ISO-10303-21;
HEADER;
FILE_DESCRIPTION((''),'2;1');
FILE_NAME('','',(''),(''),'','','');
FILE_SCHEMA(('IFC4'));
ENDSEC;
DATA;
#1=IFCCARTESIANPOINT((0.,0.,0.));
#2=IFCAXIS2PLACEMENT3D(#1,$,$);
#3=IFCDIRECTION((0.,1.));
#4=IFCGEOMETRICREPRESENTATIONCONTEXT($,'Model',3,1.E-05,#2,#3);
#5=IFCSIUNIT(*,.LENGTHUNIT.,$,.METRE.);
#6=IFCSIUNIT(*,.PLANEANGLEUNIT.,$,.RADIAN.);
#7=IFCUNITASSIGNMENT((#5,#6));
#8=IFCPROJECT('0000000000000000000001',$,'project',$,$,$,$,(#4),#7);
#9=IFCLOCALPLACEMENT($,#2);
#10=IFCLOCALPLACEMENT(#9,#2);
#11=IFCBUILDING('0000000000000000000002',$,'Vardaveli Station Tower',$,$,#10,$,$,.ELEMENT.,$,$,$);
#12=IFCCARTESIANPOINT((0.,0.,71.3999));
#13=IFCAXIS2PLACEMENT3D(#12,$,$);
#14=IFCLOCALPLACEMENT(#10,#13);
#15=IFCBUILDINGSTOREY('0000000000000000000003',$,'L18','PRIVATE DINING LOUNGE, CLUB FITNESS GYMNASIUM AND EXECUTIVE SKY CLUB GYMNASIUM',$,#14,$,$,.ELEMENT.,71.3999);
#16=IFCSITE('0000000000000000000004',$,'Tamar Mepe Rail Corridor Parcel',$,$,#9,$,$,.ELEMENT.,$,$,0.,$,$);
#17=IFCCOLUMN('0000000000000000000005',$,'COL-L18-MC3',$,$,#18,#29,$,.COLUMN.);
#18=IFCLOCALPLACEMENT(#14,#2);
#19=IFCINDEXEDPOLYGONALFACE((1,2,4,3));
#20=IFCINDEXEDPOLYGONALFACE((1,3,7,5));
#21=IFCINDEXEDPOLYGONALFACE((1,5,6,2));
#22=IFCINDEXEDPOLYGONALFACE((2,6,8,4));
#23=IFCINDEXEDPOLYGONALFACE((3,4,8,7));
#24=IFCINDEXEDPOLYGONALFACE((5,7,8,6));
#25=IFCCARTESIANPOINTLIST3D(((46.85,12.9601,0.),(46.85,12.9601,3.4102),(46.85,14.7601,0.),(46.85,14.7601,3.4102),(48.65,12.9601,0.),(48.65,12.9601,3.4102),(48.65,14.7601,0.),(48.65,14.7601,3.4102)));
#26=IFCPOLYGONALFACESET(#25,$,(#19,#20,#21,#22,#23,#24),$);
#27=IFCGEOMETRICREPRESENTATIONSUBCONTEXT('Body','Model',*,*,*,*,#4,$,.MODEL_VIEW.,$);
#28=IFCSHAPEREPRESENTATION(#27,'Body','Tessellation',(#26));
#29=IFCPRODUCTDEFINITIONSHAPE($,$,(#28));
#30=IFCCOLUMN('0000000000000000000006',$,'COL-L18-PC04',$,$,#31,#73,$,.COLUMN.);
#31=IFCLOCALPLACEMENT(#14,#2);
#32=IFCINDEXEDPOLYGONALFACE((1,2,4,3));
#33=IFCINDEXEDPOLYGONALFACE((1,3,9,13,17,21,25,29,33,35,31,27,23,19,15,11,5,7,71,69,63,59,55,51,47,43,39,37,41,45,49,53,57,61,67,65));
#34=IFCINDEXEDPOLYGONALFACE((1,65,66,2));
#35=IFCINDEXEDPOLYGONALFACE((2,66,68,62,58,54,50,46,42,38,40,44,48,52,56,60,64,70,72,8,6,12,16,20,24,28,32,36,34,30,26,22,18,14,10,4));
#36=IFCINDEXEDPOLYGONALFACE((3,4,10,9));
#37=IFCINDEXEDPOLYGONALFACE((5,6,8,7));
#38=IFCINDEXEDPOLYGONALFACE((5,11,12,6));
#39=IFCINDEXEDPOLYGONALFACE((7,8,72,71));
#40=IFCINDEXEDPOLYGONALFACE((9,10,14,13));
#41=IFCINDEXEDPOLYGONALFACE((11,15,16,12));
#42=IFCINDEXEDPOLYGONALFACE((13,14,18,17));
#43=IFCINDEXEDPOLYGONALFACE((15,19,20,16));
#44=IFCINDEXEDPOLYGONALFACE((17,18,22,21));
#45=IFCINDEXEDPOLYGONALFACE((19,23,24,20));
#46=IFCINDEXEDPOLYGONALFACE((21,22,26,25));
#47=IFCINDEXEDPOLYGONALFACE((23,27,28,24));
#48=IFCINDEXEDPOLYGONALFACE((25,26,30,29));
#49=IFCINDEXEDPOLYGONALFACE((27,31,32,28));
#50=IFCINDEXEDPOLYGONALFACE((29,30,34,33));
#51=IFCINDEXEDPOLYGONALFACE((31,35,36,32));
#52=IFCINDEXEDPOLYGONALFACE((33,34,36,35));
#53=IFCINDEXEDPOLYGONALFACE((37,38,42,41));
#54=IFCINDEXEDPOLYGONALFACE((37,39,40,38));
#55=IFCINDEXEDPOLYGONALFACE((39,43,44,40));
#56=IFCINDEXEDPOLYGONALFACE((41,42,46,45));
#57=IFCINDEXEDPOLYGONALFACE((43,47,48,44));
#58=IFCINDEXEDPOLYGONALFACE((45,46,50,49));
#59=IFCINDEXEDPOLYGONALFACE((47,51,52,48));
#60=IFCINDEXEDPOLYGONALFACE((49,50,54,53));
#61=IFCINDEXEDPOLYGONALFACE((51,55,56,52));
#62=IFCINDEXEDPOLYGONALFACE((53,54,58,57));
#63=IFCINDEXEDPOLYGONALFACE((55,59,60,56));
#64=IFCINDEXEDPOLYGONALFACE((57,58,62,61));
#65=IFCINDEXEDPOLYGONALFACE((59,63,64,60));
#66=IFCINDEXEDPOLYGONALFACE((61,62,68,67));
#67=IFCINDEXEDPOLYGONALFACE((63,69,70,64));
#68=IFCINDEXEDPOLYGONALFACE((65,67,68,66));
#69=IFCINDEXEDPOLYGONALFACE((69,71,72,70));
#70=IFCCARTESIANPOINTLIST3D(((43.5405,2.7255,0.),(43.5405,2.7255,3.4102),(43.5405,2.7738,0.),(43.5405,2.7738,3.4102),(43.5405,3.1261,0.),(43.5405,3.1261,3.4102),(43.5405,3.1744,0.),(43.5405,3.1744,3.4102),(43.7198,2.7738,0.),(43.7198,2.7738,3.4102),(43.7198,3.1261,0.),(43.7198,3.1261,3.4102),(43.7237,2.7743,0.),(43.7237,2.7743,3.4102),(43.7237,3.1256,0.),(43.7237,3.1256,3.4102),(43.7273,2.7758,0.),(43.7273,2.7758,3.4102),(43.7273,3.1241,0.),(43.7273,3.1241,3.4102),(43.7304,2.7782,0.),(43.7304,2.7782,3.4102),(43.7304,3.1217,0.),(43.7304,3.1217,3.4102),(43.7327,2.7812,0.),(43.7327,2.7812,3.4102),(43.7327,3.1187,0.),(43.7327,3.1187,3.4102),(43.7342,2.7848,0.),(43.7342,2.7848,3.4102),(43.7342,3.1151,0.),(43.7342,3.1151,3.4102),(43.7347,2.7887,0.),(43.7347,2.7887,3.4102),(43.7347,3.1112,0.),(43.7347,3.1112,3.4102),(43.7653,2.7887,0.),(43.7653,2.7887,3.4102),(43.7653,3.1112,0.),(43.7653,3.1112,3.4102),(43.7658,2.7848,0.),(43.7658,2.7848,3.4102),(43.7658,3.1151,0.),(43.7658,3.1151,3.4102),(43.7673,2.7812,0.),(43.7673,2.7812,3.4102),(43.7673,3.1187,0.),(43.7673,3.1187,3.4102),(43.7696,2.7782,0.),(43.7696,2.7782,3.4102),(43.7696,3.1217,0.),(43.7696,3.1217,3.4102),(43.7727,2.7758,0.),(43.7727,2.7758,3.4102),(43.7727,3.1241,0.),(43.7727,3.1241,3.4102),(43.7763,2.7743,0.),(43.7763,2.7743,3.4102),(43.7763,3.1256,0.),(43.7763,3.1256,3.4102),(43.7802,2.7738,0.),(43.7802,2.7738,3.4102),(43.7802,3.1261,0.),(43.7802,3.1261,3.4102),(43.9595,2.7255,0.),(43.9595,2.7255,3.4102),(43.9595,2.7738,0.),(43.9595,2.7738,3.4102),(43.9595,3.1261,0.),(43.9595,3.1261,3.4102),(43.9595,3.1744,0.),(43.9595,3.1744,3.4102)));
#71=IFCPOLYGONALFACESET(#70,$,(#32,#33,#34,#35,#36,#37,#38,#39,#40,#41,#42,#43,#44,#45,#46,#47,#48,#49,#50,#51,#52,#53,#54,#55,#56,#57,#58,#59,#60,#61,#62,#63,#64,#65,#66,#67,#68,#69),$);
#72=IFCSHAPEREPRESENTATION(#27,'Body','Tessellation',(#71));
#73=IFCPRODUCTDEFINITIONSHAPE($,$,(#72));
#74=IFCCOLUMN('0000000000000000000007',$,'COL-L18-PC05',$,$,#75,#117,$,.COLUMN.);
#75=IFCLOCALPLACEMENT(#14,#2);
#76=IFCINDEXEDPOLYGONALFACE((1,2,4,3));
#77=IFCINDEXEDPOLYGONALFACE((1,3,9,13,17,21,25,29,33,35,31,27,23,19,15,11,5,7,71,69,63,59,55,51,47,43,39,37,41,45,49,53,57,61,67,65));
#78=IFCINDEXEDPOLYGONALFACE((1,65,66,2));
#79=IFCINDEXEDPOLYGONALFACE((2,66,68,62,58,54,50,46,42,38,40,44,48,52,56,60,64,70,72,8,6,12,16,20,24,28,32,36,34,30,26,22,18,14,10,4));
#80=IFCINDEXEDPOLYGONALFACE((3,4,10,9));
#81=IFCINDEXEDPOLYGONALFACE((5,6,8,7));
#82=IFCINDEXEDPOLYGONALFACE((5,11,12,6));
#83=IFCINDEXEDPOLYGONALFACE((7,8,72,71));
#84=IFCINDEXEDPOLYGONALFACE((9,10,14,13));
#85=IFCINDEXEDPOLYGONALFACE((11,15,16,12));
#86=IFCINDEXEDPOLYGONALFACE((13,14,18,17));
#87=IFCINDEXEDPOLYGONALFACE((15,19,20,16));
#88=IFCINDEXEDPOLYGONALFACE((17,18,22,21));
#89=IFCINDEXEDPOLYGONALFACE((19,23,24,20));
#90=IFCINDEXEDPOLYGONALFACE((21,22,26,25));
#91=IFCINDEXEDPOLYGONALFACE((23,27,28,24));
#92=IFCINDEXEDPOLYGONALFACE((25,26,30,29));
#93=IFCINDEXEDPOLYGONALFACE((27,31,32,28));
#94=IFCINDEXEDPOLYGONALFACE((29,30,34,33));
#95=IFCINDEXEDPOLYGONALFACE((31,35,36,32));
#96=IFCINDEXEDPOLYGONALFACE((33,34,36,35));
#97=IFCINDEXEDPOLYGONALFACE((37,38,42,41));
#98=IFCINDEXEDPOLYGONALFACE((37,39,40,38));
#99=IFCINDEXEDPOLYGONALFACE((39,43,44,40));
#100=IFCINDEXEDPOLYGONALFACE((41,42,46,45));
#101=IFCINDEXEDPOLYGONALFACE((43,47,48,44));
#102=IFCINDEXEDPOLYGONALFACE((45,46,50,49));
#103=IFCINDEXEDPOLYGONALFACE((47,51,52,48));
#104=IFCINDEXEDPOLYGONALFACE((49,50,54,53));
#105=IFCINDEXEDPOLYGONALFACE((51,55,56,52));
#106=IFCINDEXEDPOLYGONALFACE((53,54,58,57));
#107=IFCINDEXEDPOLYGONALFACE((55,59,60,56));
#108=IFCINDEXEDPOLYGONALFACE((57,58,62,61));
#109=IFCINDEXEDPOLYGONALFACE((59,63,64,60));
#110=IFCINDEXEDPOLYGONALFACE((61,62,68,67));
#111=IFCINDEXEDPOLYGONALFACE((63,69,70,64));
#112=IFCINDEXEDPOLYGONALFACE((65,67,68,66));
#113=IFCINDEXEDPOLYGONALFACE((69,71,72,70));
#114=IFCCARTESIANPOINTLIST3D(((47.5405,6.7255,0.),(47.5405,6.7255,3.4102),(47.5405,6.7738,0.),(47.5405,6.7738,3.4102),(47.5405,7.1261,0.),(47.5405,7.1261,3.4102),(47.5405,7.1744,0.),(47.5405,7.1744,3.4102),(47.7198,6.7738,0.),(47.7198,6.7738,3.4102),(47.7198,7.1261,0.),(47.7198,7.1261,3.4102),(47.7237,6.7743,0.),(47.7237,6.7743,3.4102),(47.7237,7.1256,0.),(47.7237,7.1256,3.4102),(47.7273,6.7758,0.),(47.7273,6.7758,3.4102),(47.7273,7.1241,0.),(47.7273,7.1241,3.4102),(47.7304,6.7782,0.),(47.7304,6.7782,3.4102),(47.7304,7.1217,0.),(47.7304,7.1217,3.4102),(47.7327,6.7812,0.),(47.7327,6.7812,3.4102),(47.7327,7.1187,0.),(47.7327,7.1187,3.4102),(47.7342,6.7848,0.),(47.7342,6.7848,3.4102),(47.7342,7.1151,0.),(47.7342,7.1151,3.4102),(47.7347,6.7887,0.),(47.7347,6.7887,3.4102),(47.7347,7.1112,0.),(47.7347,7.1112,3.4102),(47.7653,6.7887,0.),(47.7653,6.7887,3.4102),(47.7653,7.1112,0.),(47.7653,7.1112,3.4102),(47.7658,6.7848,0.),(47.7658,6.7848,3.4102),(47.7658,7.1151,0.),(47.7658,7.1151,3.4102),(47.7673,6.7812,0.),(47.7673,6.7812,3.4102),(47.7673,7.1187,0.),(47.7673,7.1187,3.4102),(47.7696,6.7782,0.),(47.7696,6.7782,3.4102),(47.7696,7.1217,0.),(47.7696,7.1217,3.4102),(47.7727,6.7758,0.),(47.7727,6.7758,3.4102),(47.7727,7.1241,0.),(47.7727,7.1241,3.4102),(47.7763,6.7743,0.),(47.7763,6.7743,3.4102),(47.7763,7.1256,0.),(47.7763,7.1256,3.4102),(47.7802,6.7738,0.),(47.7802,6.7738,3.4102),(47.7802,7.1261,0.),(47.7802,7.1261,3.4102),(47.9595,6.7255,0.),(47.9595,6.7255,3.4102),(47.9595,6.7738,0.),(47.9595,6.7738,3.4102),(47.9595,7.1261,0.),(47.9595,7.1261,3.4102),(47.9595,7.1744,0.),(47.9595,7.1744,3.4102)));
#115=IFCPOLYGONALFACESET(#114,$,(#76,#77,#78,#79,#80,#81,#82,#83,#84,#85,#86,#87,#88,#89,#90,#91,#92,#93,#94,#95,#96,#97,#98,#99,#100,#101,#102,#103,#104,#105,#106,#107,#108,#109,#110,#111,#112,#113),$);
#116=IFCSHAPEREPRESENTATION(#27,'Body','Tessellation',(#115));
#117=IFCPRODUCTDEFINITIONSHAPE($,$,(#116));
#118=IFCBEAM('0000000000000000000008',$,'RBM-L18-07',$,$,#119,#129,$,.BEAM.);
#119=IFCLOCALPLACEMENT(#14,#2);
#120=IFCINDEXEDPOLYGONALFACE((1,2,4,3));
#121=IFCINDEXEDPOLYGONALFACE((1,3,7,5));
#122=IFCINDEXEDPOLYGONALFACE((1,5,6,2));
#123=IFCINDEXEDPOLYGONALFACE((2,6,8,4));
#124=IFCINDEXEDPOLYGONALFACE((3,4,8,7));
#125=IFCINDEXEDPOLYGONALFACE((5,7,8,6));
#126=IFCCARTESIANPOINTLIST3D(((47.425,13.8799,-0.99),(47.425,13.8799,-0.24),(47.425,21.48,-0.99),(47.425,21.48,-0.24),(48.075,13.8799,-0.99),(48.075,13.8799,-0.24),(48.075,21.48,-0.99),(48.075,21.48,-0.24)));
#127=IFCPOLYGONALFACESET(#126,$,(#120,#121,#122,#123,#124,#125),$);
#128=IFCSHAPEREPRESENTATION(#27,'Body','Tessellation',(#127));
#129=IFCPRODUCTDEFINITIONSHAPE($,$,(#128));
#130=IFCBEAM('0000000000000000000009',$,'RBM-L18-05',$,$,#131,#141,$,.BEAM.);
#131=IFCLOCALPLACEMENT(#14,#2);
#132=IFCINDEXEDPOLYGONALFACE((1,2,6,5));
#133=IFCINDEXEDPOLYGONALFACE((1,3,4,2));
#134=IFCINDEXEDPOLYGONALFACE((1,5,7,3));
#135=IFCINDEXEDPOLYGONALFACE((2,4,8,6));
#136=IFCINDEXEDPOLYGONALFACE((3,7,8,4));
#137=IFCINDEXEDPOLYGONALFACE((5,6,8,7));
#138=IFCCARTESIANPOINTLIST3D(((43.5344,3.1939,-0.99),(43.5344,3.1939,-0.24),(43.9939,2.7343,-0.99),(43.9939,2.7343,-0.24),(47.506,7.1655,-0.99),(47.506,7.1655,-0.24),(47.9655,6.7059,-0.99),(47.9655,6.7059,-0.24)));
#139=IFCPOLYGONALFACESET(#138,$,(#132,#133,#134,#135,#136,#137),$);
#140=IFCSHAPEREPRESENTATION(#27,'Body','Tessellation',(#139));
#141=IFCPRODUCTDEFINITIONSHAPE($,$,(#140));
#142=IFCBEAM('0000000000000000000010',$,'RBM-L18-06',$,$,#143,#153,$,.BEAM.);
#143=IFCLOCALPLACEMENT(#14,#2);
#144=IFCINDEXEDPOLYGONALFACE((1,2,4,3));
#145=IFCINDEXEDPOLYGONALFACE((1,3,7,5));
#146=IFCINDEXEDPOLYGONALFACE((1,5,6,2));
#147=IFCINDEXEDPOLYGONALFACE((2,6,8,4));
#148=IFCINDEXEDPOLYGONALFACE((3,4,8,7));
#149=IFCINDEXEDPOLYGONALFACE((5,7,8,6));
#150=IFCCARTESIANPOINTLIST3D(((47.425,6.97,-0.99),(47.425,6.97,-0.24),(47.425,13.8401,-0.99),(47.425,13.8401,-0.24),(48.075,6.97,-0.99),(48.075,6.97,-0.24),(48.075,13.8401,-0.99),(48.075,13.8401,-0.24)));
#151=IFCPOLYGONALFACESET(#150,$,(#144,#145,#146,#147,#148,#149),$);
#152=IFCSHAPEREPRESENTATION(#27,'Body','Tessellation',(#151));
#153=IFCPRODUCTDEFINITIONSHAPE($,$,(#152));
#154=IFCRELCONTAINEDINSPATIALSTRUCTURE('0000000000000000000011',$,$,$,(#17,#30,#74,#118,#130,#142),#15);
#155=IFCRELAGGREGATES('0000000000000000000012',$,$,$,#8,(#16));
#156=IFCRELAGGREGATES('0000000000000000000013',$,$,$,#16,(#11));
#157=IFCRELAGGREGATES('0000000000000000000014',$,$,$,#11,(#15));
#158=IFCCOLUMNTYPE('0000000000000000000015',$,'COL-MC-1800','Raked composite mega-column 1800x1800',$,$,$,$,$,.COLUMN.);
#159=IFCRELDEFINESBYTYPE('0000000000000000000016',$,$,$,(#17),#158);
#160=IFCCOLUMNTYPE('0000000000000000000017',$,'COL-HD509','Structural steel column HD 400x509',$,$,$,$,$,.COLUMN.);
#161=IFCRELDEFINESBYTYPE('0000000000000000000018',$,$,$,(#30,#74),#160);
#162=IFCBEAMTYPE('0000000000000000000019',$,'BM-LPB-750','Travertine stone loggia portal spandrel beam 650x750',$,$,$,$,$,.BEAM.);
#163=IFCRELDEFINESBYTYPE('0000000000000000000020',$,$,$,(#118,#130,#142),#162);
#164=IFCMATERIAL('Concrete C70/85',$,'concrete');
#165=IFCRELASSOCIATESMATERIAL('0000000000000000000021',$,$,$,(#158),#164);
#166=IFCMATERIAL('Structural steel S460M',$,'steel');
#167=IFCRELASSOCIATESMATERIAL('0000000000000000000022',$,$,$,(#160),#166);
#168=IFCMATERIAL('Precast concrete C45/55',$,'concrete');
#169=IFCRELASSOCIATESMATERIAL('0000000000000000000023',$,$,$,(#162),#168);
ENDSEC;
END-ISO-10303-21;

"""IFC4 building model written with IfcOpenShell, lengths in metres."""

from ifc_helpers import new_model, si_unit, direction, frame, origin, origin_2d, place, context, subcontext, project, spatial, rectangle, i_section, extrude, source, transform, mapped, material, material_profile, profile_set, type_object, element, save


model = new_model("IFC4")

# Units and contexts
model_context = context("Model", 3, precision=1e-05, world=origin(), true_north=direction((0.0, 1.0)))
body_context = subcontext(model_context, "Body", "Model", "MODEL_VIEW")
ifc_project = project(units=[si_unit("LENGTHUNIT", "METRE"), si_unit("PLANEANGLEUNIT", "RADIAN")], contexts=[model_context])

# Site, building, storey
site_placement = place(None, origin())
site = spatial("IfcSite", under=ifc_project, at=site_placement, Name="Tamar Mepe Rail Corridor Parcel", CompositionType="ELEMENT", RefElevation=0.0)
building_placement = place(site_placement, origin())
building = spatial("IfcBuilding", under=site, at=building_placement, Name="Vardaveli Station Tower", CompositionType="ELEMENT")
storey_placement = place(building_placement, frame((0.0, 0.0, 71.3999)))
storey = spatial("IfcBuildingStorey", under=building, at=storey_placement, Name="L18", Description="PRIVATE DINING LOUNGE, CLUB FITNESS GYMNASIUM AND EXECUTIVE SKY CLUB GYMNASIUM", CompositionType="ELEMENT", Elevation=71.3999)

# Columns
ifc_material_1 = material(Name="Concrete C70/85", Category="concrete")
ifc_material_profile_1 = material_profile(ifc_material_1, rectangle(XDim=1.8, YDim=1.8, at=origin_2d()), Name="MC 1800x1800")
ifc_profile_set_1 = profile_set([ifc_material_profile_1], Name="Concrete C70/85")
column_type_1 = type_object("IfcColumnType", Name="COL-MC-1800", Description="Raked composite mega-column 1800x1800", PredefinedType="COLUMN", material=ifc_profile_set_1)
shared_shape_1 = source(origin(), body_context, "Body", "SweptSolid", [
    extrude(rectangle(XDim=1.8, YDim=1.8, at=origin_2d()), origin(), (0.0, 0.0, 1.0), 3.4102),
])
column_placement = place(storey_placement, frame((47.75, 13.8601, 0.0), z_axis=(0.0, 0.0, 1.0), x_axis=(1.0, 0.0, 0.0)))
element("IfcColumn", 1, at=column_placement, inside=storey, type_object=column_type_1, Name="COL-L18-MC3", PredefinedType="COLUMN", context=body_context, shape_type="MappedRepresentation", body=[
    mapped(shared_shape_1, transform((0.0, 0.0, 0.0), scale=1.0)),
])
ifc_material_2 = material(Name="Structural steel S460M", Category="steel")
ifc_material_profile_2 = material_profile(ifc_material_2, i_section(OverallWidth=0.4189, OverallDepth=0.449, WebThickness=0.0305, FlangeThickness=0.0483, FilletRadius=0.0149, at=origin_2d()), Name="HD 400x509")
ifc_profile_set_2 = profile_set([ifc_material_profile_2], Name="Structural steel S460M")
column_type_2 = type_object("IfcColumnType", Name="COL-HD509", Description="Structural steel column HD 400x509", PredefinedType="COLUMN", material=ifc_profile_set_2)
shared_shape_2 = source(origin(), body_context, "Body", "SweptSolid", [
    extrude(i_section(OverallWidth=0.4189, OverallDepth=0.449, WebThickness=0.0305, FlangeThickness=0.0483, FilletRadius=0.0149, at=origin_2d()), origin(), (0.0, 0.0, 1.0), 3.4102),
])
for number, where, z_axis, x_axis, name in (
    (2, (43.75, 2.95, 0.0), (0.0, 0.0, 1.0), (1.0, 0.0, 0.0), "COL-L18-PC04"),
    (3, (47.75, 6.95, 0.0), (0.0, 0.0, 1.0), (1.0, 0.0, 0.0), "COL-L18-PC05"),
):
    element("IfcColumn", number, at=place(storey_placement, frame(where, z_axis=z_axis, x_axis=x_axis)), inside=storey, type_object=column_type_2, Name=name, PredefinedType="COLUMN", context=body_context, shape_type="MappedRepresentation", body=[
        mapped(shared_shape_2, transform((0.0, 0.0, 0.0), scale=1.0)),
    ])

# Beams
ifc_material_3 = material(Name="Precast concrete C45/55", Category="concrete")
ifc_material_profile_3 = material_profile(ifc_material_3, rectangle(XDim=0.6499, YDim=0.75, at=origin_2d()), Name="LPB 650x750")
ifc_profile_set_3 = profile_set([ifc_material_profile_3], Name="Precast concrete C45/55")
beam_type_1 = type_object("IfcBeamType", Name="BM-LPB-750", Description="Travertine stone loggia portal spandrel beam 650x750", PredefinedType="BEAM", material=ifc_profile_set_3)
shared_shape_3 = source(origin(), body_context, "Body", "SweptSolid", [
    extrude(rectangle(XDim=0.6499, YDim=0.75, at=origin_2d()), origin(), (0.0, 0.0, 1.0), 7.6001),
])
beam_1_placement = place(storey_placement, frame((47.75, 13.8799, -0.615), z_axis=(0.0, 1.0, 0.0), x_axis=(-1.0, 0.0, 0.0)))
element("IfcBeam", 4, at=beam_1_placement, inside=storey, type_object=beam_type_1, Name="RBM-L18-07", PredefinedType="BEAM", context=body_context, shape_type="MappedRepresentation", body=[
    mapped(shared_shape_3, transform((0.0, 0.0, 0.0), scale=1.0)),
])
shared_shape_4 = source(origin(), body_context, "Body", "SweptSolid", [
    extrude(rectangle(XDim=0.6499, YDim=0.75, at=origin_2d()), origin(), (0.0, 0.0, 1.0), 5.6167),
])
beam_2_placement = place(storey_placement, frame((43.7642, 2.9641, -0.615), z_axis=(0.707107, 0.707107, 0.0), x_axis=(-0.707107, 0.707107, 0.0)))
element("IfcBeam", 5, at=beam_2_placement, inside=storey, type_object=beam_type_1, Name="RBM-L18-05", PredefinedType="BEAM", context=body_context, shape_type="MappedRepresentation", body=[
    mapped(shared_shape_4, transform((0.0, 0.0, 0.0), scale=1.0)),
])
shared_shape_5 = source(origin(), body_context, "Body", "SweptSolid", [
    extrude(rectangle(XDim=0.6499, YDim=0.75, at=origin_2d()), origin(), (0.0, 0.0, 1.0), 6.8701),
])
beam_3_placement = place(storey_placement, frame((47.75, 6.97, -0.615), z_axis=(0.0, 1.0, 0.0), x_axis=(-1.0, 0.0, 0.0)))
element("IfcBeam", 6, at=beam_3_placement, inside=storey, type_object=beam_type_1, Name="RBM-L18-06", PredefinedType="BEAM", context=body_context, shape_type="MappedRepresentation", body=[
    mapped(shared_shape_5, transform((0.0, 0.0, 0.0), scale=1.0)),
])

save(model, "model.ifc")
